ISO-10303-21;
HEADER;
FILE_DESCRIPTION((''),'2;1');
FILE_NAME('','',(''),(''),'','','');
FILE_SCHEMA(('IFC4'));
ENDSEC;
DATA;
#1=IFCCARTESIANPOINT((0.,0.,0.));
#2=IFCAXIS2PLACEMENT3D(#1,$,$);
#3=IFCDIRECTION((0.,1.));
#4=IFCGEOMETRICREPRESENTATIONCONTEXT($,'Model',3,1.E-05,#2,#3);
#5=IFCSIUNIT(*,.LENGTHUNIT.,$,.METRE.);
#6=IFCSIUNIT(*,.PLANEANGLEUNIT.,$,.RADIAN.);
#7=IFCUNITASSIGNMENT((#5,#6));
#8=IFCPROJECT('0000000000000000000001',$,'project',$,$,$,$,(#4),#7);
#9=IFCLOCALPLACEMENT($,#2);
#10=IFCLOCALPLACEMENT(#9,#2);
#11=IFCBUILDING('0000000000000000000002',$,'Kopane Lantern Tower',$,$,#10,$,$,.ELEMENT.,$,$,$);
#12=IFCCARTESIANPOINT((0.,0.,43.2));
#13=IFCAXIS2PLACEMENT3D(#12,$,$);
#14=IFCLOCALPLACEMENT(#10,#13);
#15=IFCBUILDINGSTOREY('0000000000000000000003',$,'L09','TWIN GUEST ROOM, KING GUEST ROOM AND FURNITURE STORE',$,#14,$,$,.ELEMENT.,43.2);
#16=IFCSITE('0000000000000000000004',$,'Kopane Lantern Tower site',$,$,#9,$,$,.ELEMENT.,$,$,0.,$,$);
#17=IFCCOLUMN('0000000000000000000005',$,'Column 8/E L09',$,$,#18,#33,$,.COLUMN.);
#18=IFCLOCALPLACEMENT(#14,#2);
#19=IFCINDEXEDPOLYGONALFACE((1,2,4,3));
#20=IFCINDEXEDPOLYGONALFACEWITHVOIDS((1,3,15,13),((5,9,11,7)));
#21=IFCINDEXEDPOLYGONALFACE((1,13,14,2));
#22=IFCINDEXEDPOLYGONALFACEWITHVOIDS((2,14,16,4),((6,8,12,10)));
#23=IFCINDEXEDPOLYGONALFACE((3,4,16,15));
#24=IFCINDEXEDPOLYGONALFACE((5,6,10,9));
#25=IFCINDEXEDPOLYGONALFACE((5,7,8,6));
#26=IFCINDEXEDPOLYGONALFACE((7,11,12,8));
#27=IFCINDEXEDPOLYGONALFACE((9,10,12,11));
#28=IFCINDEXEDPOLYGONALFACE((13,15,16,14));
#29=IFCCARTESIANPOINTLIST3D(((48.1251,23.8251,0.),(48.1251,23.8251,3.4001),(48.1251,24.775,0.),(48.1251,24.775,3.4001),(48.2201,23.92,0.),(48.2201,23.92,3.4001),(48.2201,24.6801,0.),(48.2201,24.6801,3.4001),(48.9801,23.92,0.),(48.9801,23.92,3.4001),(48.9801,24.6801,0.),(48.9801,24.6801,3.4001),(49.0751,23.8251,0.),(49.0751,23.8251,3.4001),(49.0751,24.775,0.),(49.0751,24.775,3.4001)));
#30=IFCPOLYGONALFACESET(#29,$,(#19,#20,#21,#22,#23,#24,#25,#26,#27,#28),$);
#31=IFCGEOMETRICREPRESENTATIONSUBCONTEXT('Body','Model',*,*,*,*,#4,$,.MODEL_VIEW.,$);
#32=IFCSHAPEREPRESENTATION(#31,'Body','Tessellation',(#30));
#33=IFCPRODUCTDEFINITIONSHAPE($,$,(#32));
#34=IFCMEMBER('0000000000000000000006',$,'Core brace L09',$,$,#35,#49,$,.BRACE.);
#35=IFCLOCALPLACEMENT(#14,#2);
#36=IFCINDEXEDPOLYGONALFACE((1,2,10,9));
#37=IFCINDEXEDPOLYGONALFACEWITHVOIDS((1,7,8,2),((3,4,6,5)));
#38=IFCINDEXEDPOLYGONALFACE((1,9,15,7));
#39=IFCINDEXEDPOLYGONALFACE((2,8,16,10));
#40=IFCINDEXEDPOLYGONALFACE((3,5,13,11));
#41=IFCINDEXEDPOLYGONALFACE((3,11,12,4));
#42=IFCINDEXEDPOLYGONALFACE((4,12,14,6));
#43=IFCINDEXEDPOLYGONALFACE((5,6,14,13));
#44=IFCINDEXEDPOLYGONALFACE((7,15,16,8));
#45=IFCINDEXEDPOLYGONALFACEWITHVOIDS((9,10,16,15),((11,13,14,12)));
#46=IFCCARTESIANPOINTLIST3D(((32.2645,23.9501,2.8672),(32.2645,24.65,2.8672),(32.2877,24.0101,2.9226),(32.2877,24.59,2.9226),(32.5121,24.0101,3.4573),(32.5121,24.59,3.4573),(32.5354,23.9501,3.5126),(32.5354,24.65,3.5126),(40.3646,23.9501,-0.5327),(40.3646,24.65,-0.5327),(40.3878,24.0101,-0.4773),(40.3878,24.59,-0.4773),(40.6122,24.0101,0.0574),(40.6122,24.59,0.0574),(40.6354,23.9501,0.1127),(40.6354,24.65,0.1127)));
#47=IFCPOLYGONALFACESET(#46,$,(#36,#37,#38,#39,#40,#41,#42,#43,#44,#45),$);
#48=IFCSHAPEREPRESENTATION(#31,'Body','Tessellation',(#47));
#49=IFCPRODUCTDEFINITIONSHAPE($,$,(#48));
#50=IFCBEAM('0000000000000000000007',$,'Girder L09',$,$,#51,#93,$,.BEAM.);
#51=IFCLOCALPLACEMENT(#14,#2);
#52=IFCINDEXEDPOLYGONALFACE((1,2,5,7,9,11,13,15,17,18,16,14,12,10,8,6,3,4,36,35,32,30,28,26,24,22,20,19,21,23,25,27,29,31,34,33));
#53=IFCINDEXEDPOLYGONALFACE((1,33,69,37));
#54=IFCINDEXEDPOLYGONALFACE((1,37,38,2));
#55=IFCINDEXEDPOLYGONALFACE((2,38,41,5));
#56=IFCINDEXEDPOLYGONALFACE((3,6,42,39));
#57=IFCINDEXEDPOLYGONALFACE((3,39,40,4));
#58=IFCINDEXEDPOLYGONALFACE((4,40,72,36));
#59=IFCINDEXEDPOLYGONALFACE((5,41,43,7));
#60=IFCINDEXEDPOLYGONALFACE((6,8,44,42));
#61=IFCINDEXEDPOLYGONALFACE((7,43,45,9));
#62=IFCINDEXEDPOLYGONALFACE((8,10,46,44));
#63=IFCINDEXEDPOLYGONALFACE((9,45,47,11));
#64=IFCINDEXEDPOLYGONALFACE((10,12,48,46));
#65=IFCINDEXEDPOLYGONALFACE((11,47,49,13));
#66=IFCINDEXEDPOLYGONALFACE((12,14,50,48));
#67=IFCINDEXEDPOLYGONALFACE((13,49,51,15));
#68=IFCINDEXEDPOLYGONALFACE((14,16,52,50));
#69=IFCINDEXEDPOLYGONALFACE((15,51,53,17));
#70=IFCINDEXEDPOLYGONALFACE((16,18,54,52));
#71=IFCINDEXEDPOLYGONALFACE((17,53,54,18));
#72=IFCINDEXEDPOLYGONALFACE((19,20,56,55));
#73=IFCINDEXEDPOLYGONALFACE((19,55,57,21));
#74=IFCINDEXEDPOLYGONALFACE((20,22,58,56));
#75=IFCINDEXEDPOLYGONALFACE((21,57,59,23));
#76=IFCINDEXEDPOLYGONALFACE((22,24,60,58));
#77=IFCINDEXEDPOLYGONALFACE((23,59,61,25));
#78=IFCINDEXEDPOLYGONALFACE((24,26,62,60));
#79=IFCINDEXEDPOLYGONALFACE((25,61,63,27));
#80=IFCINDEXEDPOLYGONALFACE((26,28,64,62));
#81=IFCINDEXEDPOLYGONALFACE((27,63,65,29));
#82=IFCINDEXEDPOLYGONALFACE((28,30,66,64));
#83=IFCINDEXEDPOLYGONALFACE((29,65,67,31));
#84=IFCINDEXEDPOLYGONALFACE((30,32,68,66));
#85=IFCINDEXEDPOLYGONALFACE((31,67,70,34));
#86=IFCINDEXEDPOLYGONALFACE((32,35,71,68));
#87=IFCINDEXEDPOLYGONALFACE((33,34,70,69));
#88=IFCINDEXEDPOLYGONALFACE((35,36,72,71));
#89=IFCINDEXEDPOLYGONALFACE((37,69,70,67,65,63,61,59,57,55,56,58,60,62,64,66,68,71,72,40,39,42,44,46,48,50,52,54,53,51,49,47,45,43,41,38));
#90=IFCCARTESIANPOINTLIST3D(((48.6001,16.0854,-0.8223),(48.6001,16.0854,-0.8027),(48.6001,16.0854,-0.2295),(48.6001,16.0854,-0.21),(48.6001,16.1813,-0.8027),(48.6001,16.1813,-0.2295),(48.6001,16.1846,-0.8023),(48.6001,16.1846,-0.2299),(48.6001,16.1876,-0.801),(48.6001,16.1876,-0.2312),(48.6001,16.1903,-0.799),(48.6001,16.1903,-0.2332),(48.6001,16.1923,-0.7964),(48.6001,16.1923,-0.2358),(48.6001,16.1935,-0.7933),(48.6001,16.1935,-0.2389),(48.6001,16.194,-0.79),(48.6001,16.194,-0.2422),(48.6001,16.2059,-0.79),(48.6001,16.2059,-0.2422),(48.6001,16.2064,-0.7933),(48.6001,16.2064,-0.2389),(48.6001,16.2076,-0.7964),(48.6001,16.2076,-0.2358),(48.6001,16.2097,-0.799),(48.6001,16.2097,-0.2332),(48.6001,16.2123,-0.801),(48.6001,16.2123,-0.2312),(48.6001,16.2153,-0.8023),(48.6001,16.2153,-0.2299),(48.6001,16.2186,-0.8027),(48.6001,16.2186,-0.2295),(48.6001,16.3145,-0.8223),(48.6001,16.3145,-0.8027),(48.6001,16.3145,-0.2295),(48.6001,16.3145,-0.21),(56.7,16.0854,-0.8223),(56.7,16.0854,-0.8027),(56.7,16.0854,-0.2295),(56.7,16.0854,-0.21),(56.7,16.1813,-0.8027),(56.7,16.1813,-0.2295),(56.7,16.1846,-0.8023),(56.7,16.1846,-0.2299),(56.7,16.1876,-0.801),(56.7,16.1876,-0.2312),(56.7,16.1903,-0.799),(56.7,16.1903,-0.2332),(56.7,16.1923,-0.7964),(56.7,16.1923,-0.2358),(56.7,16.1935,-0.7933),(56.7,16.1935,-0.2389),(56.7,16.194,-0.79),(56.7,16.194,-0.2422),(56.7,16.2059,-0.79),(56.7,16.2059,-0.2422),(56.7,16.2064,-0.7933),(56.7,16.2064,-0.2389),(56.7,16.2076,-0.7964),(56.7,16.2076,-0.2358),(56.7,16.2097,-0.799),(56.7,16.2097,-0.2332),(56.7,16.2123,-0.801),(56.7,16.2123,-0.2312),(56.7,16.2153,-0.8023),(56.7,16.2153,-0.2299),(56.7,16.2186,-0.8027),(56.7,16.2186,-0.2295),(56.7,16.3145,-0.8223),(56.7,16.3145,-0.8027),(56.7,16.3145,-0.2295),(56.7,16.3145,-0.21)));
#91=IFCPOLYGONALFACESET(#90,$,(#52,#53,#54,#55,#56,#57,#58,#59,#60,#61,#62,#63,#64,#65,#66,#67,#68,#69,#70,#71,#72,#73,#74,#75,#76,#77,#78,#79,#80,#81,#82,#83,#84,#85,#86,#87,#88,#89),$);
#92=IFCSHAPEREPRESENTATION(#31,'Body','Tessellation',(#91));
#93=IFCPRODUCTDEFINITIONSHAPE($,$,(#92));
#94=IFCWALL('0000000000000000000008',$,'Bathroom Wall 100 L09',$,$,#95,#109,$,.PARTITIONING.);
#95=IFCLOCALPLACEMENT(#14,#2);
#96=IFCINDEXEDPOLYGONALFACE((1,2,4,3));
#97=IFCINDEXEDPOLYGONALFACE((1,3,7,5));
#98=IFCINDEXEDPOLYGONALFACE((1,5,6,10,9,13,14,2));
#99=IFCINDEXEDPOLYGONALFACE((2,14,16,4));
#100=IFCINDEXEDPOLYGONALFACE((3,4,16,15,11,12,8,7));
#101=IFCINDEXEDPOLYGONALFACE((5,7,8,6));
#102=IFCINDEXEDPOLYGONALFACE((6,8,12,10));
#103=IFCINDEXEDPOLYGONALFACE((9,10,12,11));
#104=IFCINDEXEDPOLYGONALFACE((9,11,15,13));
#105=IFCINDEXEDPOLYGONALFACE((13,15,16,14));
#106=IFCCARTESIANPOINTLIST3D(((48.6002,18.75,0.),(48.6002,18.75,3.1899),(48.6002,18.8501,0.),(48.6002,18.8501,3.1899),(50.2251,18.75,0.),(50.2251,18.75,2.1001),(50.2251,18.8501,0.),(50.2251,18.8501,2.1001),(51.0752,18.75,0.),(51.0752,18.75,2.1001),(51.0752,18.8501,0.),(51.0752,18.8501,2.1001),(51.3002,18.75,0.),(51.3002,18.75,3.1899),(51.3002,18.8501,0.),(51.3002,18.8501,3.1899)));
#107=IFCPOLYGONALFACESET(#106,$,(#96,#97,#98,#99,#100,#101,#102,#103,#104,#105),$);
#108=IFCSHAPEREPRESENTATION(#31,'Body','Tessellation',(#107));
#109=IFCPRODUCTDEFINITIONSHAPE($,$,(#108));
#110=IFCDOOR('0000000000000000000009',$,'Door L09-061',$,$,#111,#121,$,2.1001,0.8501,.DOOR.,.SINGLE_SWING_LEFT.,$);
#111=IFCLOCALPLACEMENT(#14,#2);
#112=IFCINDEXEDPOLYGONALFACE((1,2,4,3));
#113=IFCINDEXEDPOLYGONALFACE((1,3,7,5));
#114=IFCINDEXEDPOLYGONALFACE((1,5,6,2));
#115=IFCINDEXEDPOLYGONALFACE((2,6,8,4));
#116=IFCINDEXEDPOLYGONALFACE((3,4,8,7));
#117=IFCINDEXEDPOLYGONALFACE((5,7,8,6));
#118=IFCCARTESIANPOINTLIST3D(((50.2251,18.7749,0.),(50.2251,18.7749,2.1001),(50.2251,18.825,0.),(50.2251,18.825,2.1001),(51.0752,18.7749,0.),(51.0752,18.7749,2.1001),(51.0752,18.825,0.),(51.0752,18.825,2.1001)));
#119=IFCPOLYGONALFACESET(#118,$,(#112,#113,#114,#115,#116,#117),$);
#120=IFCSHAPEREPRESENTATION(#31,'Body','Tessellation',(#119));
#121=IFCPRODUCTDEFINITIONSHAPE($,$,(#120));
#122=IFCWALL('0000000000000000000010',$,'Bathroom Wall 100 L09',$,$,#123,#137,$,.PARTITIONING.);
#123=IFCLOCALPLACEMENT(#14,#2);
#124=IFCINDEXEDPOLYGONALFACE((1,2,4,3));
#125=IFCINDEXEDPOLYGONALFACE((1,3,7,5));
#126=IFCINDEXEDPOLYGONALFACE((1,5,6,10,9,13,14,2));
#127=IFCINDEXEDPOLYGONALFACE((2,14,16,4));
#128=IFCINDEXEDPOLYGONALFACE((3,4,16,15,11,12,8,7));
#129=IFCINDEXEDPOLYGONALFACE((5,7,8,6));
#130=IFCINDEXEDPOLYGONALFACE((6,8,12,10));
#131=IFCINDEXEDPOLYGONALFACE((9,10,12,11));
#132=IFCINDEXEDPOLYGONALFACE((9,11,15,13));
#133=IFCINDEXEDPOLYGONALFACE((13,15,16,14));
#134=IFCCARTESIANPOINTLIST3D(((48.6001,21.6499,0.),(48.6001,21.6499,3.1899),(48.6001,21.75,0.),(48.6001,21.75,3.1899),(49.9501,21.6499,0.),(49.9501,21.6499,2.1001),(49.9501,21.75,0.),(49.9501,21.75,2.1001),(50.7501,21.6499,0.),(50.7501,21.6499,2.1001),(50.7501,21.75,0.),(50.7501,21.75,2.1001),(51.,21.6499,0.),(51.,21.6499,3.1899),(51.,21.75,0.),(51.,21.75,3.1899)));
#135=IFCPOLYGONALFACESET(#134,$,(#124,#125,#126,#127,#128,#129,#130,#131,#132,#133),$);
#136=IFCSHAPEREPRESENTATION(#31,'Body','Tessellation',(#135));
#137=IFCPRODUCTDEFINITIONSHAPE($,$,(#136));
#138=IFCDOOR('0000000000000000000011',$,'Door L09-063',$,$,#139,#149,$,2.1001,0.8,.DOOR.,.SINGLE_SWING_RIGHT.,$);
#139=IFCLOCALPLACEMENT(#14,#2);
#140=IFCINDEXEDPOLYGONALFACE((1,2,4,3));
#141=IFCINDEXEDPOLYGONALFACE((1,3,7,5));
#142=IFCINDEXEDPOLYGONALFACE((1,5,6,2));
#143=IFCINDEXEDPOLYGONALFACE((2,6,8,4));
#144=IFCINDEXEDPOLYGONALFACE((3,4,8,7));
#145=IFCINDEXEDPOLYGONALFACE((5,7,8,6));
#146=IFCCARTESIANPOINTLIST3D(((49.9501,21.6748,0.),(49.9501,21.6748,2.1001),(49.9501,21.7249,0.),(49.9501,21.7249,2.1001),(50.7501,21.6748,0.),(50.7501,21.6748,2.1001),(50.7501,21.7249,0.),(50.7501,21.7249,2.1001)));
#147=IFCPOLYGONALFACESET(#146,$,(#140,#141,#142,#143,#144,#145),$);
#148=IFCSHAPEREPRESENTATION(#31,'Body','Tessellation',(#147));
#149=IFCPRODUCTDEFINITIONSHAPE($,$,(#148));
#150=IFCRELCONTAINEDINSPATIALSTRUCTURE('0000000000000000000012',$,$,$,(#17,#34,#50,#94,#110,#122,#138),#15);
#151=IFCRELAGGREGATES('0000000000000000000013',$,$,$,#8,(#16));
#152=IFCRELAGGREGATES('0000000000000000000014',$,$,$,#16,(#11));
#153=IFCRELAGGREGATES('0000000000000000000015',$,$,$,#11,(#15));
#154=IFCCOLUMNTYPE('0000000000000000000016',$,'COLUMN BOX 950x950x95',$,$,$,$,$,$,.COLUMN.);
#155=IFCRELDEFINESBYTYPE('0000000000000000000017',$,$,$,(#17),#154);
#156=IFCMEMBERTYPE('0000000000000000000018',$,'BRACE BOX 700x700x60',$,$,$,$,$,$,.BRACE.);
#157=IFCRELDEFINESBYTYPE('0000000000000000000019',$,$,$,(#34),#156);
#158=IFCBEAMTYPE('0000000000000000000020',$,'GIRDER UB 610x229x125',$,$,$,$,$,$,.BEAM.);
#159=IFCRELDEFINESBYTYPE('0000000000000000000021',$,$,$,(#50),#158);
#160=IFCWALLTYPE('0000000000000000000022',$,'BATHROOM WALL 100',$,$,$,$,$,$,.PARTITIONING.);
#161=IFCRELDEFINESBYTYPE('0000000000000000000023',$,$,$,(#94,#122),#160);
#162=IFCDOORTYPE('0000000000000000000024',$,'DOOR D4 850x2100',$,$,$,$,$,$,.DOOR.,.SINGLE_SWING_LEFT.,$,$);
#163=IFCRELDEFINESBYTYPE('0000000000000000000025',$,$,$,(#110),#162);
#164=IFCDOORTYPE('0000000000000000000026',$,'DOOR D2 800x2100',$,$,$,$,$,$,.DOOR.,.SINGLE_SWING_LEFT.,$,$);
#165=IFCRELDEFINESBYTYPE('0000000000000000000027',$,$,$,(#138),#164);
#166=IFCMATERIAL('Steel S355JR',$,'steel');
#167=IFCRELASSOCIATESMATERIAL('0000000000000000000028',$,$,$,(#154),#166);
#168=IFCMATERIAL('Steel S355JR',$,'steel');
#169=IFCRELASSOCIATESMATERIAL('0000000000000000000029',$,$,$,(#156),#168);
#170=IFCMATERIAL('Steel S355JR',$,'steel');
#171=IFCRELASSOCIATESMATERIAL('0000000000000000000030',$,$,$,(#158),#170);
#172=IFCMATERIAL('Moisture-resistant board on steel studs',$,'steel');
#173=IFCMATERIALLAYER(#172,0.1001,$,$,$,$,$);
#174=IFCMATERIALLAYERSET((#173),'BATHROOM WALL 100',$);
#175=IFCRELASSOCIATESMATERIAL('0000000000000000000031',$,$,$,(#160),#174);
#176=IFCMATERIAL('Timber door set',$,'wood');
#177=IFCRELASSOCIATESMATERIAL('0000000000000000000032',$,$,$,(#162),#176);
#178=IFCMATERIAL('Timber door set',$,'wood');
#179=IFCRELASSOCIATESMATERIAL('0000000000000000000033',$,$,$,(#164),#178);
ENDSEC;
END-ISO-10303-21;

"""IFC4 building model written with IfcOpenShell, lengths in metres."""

from ifc_helpers import new_model, si_unit, direction, frame, frame_2d, origin, origin_2d, place, context, subcontext, project, spatial, rectangle, hollow_rectangle, i_section, extrude, material, layer, layer_set, material_profile, profile_set, type_object, element, fill, save


model = new_model("IFC4")

# Units and contexts
model_context = context("Model", 3, precision=1e-05, world=origin(), true_north=direction((0.0, 1.0)))
body_context = subcontext(model_context, "Body", "Model", "MODEL_VIEW")
ifc_project = project(units=[si_unit("LENGTHUNIT", "METRE"), si_unit("PLANEANGLEUNIT", "RADIAN")], contexts=[model_context])

# Site, building, storey
site_placement = place(None, origin())
site = spatial("IfcSite", under=ifc_project, at=site_placement, Name="Kopane Lantern Tower site", CompositionType="ELEMENT", RefElevation=0.0)
building_placement = place(site_placement, origin())
building = spatial("IfcBuilding", under=site, at=building_placement, Name="Kopane Lantern Tower", CompositionType="ELEMENT")
storey_placement = place(building_placement, frame((0.0, 0.0, 43.2)))
storey = spatial("IfcBuildingStorey", under=building, at=storey_placement, Name="L09", Description="TWIN GUEST ROOM, KING GUEST ROOM AND FURNITURE STORE", CompositionType="ELEMENT", Elevation=43.2)

# Column
ifc_material_1 = material(Name="Steel S355JR", Category="steel")
ifc_material_profile_1 = material_profile(ifc_material_1, hollow_rectangle(XDim=0.95, YDim=0.95, WallThickness=0.095, at=origin_2d()), Name="BOX 950x950x95")
ifc_profile_set_1 = profile_set([ifc_material_profile_1], Name="Steel S355JR")
column_type = type_object("IfcColumnType", Name="COLUMN BOX 950x950x95", PredefinedType="COLUMN", material=ifc_profile_set_1)
column_placement = place(storey_placement, frame((48.6001, 24.3, 0.0), z_axis=(0.0, 0.0, 1.0), x_axis=(1.0, 0.0, 0.0)))
element("IfcColumn", 1, at=column_placement, inside=storey, type_object=column_type, Name="Column 8/E L09", PredefinedType="COLUMN", context=body_context, shape_type="SweptSolid", body=[
    extrude(hollow_rectangle(XDim=0.95, YDim=0.95, WallThickness=0.095, at=origin_2d()), origin(), (0.0, 0.0, 1.0), 3.4001),
])

# Member
ifc_material_2 = material(Name="Steel S355JR", Category="steel")
ifc_material_profile_2 = material_profile(ifc_material_2, hollow_rectangle(XDim=0.7, YDim=0.7, WallThickness=0.0601, at=origin_2d()), Name="BOX 700x700x60")
ifc_profile_set_2 = profile_set([ifc_material_profile_2], Name="Steel S355JR")
member_type = type_object("IfcMemberType", Name="BRACE BOX 700x700x60", PredefinedType="BRACE", material=ifc_profile_set_2)
member_placement = place(storey_placement, frame((40.5, 24.3, -0.21), z_axis=(-0.922069, 0.0, 0.387026), x_axis=(0.0, -1.0, 0.0)))
element("IfcMember", 2, at=member_placement, inside=storey, type_object=member_type, Name="Core brace L09", PredefinedType="BRACE", context=body_context, shape_type="SweptSolid", body=[
    extrude(hollow_rectangle(XDim=0.7, YDim=0.7, WallThickness=0.0601, at=origin_2d()), origin(), (0.0, 0.0, 1.0), 8.7847),
])

# Beam
ifc_material_3 = material(Name="Steel S355JR", Category="steel")
ifc_material_profile_3 = material_profile(ifc_material_3, i_section(OverallWidth=0.229, OverallDepth=0.6123, WebThickness=0.012, FlangeThickness=0.0195, FilletRadius=0.0127, at=origin_2d()), Name="UB 610x229x125")
ifc_profile_set_3 = profile_set([ifc_material_profile_3], Name="Steel S355JR")
beam_type = type_object("IfcBeamType", Name="GIRDER UB 610x229x125", PredefinedType="BEAM", material=ifc_profile_set_3)
beam_placement = place(storey_placement, frame((48.6001, 16.2, -0.5161), z_axis=(1.0, 0.0, 0.0), x_axis=(0.0, 1.0, 0.0)))
element("IfcBeam", 3, at=beam_placement, inside=storey, type_object=beam_type, Name="Girder L09", PredefinedType="BEAM", context=body_context, shape_type="SweptSolid", body=[
    extrude(i_section(OverallWidth=0.229, OverallDepth=0.6123, WebThickness=0.012, FlangeThickness=0.0195, FilletRadius=0.0127, at=origin_2d()), origin(), (0.0, 0.0, 1.0), 8.0999),
])

# Walls, openings, doors
ifc_material_4 = material(Name="Moisture-resistant board on steel studs", Category="steel")
ifc_layer_1 = layer(ifc_material_4, 0.1001)
ifc_layer_set_1 = layer_set([ifc_layer_1], Name="BATHROOM WALL 100")
wall_type_1 = type_object("IfcWallType", Name="BATHROOM WALL 100", PredefinedType="PARTITIONING", material=ifc_layer_set_1)
wall_1_placement = place(storey_placement, frame((48.6001, 18.8, 0.0), z_axis=(0.0, 0.0, 1.0), x_axis=(1.0, 0.0, 0.0)))
wall_1 = element("IfcWall", 4, at=wall_1_placement, inside=storey, type_object=wall_type_1, Name="Bathroom Wall 100 L09", PredefinedType="PARTITIONING", context=body_context, shape_type="SweptSolid", body=[
    extrude(rectangle(XDim=2.7, YDim=0.1001, at=frame_2d((1.3501, 0.0))), origin(), (0.0, 0.0, 1.0), 3.1899),
])
opening_1_placement = place(wall_1_placement, frame((1.625, 0.0, 0.0)))
opening_1 = element("IfcOpeningElement", 5, at=opening_1_placement, cuts=wall_1, PredefinedType="OPENING", context=body_context, shape_type="SweptSolid", body=[
    extrude(rectangle(XDim=0.8501, YDim=2.1001, at=frame_2d((0.425, 1.05))), frame((0.0, 0.0601, 0.0), z_axis=(0.0, -1.0, 0.0), x_axis=(1.0, 0.0, 0.0)), (0.0, 0.0, 1.0), 0.1201),
])
ifc_material_5 = material(Name="Timber door set", Category="wood")
door_type_1 = type_object("IfcDoorType", Name="DOOR D4 850x2100", OperationType="SINGLE_SWING_LEFT", PredefinedType="DOOR", material=ifc_material_5)
door_1_placement = place(opening_1_placement, origin())
door_1 = element("IfcDoor", 6, at=door_1_placement, inside=storey, type_object=door_type_1, Name="Door L09-061", OperationType="SINGLE_SWING_LEFT", OverallHeight=2.1001, OverallWidth=0.8501, PredefinedType="DOOR", context=body_context, shape_type="SweptSolid", body=[
    extrude(rectangle(XDim=0.8501, YDim=2.1001, at=frame_2d((0.425, 1.05))), frame((0.0, 0.0249, 0.0), z_axis=(0.0, -1.0, 0.0), x_axis=(1.0, 0.0, 0.0)), (0.0, 0.0, 1.0), 0.05),
])
fill(opening_1, door_1)
wall_2_placement = place(storey_placement, frame((48.6001, 21.7, 0.0), z_axis=(0.0, 0.0, 1.0), x_axis=(1.0, 0.0, 0.0)))
wall_2 = element("IfcWall", 7, at=wall_2_placement, inside=storey, type_object=wall_type_1, Name="Bathroom Wall 100 L09", PredefinedType="PARTITIONING", context=body_context, shape_type="SweptSolid", body=[
    extrude(rectangle(XDim=2.3999, YDim=0.1001, at=frame_2d((1.2, 0.0))), origin(), (0.0, 0.0, 1.0), 3.1899),
])
opening_2_placement = place(wall_2_placement, frame((1.3501, 0.0, 0.0)))
opening_2 = element("IfcOpeningElement", 8, at=opening_2_placement, cuts=wall_2, PredefinedType="OPENING", context=body_context, shape_type="SweptSolid", body=[
    extrude(rectangle(XDim=0.8, YDim=2.1001, at=frame_2d((0.3999, 1.05))), frame((0.0, 0.0601, 0.0), z_axis=(0.0, -1.0, 0.0), x_axis=(1.0, 0.0, 0.0)), (0.0, 0.0, 1.0), 0.1201),
])
ifc_material_6 = material(Name="Timber door set", Category="wood")
door_type_2 = type_object("IfcDoorType", Name="DOOR D2 800x2100", OperationType="SINGLE_SWING_LEFT", PredefinedType="DOOR", material=ifc_material_6)
door_2_placement = place(opening_2_placement, origin())
door_2 = element("IfcDoor", 9, at=door_2_placement, inside=storey, type_object=door_type_2, Name="Door L09-063", OperationType="SINGLE_SWING_RIGHT", OverallHeight=2.1001, OverallWidth=0.8, PredefinedType="DOOR", context=body_context, shape_type="SweptSolid", body=[
    extrude(rectangle(XDim=0.8, YDim=2.1001, at=frame_2d((0.3999, 1.05))), frame((0.0, 0.0249, 0.0), z_axis=(0.0, -1.0, 0.0), x_axis=(1.0, 0.0, 0.0)), (0.0, 0.0, 1.0), 0.05),
])
fill(opening_2, door_2)

save(model, "model.ifc")
